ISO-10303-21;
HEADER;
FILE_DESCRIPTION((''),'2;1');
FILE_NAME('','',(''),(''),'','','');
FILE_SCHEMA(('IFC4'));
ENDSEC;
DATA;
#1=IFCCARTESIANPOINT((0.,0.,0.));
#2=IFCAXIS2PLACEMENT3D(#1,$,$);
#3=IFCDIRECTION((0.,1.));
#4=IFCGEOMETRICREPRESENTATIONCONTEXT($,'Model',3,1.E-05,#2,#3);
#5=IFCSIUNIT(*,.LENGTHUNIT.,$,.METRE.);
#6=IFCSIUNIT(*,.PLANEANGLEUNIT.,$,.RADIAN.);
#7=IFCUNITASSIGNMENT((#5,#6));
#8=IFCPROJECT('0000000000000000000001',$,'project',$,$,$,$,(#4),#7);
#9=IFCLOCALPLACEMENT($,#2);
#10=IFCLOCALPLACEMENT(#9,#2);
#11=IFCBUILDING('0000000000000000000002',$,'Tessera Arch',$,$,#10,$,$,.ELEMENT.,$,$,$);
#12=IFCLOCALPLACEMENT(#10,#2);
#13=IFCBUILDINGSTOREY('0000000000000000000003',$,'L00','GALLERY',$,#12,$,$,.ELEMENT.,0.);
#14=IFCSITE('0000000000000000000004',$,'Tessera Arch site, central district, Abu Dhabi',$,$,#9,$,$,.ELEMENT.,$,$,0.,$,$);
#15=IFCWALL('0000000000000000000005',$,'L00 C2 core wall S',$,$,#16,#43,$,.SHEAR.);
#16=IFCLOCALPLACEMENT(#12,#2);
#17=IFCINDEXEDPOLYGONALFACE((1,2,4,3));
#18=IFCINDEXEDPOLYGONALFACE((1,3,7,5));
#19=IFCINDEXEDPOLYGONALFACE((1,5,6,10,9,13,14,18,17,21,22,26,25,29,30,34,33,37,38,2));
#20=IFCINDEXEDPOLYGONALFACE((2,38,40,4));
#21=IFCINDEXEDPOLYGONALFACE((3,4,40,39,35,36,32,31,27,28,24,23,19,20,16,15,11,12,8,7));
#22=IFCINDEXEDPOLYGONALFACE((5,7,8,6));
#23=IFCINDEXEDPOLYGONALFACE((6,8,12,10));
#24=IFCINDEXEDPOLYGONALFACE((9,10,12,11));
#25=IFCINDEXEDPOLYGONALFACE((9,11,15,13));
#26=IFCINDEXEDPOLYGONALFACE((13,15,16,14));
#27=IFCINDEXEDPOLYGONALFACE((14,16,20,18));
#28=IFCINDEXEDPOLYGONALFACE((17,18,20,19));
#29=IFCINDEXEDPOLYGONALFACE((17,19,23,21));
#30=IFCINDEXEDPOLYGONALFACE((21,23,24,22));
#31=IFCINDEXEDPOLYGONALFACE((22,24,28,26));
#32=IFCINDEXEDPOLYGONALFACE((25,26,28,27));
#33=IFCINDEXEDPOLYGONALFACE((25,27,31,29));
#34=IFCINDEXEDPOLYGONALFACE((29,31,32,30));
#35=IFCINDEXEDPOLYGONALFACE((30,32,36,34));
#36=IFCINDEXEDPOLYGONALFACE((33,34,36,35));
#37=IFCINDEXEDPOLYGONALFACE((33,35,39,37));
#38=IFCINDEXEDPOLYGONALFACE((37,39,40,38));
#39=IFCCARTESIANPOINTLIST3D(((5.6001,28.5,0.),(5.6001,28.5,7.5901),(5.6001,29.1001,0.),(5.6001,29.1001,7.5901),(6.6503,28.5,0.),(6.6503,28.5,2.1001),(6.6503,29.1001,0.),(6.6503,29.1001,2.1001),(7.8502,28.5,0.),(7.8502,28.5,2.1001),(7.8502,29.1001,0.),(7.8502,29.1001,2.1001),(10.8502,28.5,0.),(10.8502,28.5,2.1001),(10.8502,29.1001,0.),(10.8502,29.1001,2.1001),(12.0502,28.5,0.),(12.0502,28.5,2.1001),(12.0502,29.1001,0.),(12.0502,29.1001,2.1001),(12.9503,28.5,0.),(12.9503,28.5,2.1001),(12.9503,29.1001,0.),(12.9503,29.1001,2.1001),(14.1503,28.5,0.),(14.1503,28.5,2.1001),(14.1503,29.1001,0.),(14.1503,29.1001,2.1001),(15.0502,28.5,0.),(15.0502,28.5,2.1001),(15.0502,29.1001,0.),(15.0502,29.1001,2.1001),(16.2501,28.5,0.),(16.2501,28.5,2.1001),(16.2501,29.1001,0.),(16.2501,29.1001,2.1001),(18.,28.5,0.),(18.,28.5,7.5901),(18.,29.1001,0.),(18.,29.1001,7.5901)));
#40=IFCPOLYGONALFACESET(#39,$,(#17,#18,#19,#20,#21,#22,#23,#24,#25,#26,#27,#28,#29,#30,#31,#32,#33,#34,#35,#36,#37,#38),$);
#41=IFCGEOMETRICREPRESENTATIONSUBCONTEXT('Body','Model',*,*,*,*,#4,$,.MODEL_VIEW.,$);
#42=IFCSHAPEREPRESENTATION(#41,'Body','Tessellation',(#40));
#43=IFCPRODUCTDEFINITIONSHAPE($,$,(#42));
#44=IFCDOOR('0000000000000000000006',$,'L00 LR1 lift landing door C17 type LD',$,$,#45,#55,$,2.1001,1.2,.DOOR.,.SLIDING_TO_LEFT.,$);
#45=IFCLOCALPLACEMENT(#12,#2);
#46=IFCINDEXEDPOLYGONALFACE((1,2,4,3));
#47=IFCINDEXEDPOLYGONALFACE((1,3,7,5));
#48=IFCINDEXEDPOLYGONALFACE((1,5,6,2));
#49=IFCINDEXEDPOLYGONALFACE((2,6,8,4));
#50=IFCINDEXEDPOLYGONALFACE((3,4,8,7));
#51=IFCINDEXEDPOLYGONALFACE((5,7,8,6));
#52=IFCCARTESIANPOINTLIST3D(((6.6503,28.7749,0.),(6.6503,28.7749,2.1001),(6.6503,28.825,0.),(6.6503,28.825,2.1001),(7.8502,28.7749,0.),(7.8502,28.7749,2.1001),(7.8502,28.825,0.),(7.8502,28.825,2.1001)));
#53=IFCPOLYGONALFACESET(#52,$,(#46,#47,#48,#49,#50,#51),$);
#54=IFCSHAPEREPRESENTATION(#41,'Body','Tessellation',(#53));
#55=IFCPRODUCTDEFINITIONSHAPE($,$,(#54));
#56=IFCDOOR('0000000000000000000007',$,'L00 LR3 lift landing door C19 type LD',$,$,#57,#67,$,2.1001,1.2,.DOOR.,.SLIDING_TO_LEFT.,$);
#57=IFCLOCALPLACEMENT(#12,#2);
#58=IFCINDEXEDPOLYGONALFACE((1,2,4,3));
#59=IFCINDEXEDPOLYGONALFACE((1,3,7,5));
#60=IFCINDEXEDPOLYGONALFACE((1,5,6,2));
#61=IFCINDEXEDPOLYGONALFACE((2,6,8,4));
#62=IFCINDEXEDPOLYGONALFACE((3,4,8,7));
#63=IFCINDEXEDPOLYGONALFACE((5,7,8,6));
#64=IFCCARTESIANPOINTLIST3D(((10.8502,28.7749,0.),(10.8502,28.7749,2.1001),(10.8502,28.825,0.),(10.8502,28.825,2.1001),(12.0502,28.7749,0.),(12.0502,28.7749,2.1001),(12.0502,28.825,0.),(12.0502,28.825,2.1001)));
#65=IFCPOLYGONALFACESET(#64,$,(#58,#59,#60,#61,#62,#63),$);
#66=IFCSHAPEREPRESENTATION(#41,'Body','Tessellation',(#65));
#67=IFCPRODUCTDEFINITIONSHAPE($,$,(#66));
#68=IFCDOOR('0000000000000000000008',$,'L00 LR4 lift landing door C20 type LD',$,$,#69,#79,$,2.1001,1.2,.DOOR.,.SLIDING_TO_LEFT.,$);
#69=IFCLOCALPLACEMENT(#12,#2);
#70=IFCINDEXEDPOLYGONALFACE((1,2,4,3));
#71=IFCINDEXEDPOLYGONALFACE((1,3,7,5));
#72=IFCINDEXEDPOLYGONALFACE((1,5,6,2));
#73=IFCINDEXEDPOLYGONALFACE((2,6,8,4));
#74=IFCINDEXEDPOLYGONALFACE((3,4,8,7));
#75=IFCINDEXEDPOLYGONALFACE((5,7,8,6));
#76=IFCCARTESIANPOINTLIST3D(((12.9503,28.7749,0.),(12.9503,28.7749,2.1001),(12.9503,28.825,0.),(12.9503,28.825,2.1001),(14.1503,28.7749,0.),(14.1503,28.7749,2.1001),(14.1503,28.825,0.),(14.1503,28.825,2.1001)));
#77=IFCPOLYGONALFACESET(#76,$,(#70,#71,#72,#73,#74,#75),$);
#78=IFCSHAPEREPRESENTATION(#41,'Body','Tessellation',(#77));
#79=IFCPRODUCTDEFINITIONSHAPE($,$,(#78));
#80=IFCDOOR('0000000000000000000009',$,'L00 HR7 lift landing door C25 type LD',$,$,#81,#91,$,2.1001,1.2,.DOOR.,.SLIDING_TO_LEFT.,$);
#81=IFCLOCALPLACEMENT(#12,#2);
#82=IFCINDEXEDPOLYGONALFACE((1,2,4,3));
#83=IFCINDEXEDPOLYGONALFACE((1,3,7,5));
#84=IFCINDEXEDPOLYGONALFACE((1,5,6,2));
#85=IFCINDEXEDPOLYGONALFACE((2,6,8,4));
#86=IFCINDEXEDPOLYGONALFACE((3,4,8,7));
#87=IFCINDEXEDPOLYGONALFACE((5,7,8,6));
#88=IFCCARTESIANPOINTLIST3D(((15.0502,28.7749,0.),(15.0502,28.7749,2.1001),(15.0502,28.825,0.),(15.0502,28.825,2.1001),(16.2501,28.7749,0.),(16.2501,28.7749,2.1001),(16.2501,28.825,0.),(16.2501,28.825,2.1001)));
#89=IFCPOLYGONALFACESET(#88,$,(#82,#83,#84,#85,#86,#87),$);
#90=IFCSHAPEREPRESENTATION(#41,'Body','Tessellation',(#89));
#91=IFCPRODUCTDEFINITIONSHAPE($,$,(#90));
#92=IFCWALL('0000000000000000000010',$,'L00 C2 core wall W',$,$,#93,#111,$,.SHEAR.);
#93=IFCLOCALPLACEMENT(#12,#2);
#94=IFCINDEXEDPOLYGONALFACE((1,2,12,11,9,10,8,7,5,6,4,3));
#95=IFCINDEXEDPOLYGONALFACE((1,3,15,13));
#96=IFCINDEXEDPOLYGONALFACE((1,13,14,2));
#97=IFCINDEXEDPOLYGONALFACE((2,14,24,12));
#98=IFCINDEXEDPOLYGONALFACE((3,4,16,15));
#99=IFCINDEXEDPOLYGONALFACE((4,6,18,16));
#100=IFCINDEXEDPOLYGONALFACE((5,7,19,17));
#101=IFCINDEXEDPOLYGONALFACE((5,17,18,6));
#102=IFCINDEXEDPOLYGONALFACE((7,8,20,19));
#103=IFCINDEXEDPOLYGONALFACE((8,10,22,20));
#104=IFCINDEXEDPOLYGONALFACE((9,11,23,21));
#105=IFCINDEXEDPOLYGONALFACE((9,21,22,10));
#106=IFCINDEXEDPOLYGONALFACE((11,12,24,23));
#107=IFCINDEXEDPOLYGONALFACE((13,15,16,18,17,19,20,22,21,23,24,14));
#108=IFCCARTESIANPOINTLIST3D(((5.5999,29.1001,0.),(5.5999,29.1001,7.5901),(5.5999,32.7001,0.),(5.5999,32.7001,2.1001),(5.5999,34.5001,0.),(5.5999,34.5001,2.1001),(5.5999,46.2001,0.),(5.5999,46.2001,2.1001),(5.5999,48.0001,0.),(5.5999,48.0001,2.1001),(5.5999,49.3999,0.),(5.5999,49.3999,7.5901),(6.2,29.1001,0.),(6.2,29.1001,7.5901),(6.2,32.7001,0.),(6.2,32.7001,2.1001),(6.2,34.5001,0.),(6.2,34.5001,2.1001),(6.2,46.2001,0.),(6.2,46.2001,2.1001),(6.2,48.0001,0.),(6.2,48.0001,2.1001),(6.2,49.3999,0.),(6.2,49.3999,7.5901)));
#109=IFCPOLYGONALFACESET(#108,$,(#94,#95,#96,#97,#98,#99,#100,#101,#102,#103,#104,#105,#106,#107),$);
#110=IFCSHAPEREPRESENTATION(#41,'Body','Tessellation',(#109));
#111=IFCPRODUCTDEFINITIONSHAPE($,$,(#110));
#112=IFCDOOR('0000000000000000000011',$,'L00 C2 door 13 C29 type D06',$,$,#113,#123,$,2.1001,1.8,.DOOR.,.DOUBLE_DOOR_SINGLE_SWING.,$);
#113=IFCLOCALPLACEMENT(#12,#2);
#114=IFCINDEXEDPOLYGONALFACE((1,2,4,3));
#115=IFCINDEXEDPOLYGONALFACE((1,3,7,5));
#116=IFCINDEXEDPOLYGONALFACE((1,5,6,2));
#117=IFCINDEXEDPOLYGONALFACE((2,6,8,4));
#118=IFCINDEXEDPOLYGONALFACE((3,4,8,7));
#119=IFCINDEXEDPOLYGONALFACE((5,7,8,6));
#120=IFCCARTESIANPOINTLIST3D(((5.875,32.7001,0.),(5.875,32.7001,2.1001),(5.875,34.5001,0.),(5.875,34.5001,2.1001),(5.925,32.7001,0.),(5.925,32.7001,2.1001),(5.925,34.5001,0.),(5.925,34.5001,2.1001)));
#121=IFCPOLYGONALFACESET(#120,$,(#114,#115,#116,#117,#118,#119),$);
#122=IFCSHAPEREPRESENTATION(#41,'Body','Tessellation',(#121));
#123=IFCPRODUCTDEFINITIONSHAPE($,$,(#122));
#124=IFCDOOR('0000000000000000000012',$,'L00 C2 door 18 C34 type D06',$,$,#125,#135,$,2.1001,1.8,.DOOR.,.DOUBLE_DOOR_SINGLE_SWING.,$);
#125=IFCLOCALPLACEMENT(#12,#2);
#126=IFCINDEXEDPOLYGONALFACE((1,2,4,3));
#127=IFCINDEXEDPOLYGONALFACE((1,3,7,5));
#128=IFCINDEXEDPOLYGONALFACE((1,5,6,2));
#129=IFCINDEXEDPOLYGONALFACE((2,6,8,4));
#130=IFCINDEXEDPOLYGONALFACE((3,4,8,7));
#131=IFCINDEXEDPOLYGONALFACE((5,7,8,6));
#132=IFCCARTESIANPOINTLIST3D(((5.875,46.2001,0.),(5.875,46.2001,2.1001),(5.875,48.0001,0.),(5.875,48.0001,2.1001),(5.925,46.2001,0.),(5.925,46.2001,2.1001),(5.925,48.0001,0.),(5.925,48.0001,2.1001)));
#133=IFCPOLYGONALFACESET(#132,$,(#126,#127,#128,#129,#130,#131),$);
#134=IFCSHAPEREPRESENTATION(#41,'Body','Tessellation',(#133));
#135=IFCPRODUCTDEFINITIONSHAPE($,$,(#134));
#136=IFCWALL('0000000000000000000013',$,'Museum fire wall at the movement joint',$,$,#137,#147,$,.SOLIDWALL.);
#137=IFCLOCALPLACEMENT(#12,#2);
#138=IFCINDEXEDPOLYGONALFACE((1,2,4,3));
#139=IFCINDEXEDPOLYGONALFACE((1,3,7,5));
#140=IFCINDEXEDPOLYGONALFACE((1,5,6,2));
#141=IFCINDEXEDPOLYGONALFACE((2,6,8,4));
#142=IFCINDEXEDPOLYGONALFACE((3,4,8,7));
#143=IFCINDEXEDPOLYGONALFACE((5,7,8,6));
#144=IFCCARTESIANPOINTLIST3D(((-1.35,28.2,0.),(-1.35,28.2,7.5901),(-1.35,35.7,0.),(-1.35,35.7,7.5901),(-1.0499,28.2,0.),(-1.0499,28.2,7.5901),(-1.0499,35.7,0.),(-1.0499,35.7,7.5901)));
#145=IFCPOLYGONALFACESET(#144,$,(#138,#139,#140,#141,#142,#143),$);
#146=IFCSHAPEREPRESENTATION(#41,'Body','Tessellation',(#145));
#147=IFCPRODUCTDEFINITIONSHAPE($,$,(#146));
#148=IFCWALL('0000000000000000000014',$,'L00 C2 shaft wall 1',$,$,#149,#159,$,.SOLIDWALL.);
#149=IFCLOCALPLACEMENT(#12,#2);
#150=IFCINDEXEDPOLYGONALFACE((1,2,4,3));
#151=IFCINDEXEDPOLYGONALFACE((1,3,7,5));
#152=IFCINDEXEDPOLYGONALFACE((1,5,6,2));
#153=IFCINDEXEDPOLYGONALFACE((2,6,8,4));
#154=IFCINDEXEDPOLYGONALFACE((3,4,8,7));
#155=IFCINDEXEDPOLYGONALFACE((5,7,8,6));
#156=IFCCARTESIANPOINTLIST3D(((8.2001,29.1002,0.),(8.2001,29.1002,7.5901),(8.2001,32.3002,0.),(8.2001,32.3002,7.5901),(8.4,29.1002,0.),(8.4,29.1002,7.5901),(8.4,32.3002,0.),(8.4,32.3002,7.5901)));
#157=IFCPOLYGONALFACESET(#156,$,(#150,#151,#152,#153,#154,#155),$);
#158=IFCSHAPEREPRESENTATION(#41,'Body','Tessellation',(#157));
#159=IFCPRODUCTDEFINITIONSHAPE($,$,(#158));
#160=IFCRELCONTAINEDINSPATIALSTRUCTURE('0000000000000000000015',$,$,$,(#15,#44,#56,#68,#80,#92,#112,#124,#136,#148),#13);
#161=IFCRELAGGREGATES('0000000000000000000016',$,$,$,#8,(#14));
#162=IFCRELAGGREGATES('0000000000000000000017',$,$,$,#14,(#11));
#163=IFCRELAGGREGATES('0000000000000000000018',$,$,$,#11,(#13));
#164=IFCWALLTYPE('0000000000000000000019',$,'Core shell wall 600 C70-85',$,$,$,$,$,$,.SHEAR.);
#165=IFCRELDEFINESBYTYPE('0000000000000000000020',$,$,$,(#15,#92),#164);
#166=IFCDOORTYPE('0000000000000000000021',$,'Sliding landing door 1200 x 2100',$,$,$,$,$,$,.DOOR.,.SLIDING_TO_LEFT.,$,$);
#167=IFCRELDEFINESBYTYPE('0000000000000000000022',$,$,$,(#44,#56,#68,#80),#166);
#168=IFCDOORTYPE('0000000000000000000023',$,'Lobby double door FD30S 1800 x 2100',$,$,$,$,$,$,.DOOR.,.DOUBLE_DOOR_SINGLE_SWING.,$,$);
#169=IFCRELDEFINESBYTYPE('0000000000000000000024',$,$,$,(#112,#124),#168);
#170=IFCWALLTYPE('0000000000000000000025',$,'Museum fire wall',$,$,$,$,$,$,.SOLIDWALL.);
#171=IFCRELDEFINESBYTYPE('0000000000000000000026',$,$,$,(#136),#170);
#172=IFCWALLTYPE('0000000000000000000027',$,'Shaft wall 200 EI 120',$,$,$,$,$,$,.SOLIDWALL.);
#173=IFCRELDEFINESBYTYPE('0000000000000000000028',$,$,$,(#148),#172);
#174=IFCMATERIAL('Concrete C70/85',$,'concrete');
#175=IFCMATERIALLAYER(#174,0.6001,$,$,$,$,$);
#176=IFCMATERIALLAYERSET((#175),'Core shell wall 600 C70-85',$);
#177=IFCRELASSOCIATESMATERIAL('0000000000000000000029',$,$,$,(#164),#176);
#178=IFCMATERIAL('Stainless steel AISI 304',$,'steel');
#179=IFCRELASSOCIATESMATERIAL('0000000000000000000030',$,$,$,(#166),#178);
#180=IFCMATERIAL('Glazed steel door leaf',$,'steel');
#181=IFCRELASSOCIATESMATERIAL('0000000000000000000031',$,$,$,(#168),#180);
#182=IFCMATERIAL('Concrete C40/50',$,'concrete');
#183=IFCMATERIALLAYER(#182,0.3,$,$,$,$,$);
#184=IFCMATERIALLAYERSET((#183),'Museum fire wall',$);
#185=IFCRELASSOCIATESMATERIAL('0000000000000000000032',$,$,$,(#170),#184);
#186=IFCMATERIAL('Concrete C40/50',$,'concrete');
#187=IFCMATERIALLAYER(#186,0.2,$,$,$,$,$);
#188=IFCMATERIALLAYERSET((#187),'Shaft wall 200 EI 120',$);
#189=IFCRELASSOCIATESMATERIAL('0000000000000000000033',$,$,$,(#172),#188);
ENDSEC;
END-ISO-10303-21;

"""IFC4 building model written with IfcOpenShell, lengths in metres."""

from ifc_helpers import new_model, si_unit, direction, frame, frame_2d, origin, place, context, subcontext, project, spatial, rectangle, extrude, material, layer, layer_set, type_object, element, fill, save


model = new_model("IFC4")

# Units and contexts
model_context = context("Model", 3, precision=1e-05, world=origin(), true_north=direction((0.0, 1.0)))
body_context = subcontext(model_context, "Body", "Model", "MODEL_VIEW")
ifc_project = project(units=[si_unit("LENGTHUNIT", "METRE"), si_unit("PLANEANGLEUNIT", "RADIAN")], contexts=[model_context])

# Site, building, storey
site_placement = place(None, origin())
site = spatial("IfcSite", under=ifc_project, at=site_placement, Name="Tessera Arch site, central district, Abu Dhabi", CompositionType="ELEMENT", RefElevation=0.0)
building_placement = place(site_placement, origin())
building = spatial("IfcBuilding", under=site, at=building_placement, Name="Tessera Arch", CompositionType="ELEMENT")
storey_placement = place(building_placement, origin())
storey = spatial("IfcBuildingStorey", under=building, at=storey_placement, Name="L00", Description="GALLERY", CompositionType="ELEMENT", Elevation=0.0)

# Walls, openings, doors
ifc_material_1 = material(Name="Concrete C70/85", Category="concrete")
ifc_layer_1 = layer(ifc_material_1, 0.6001)
ifc_layer_set_1 = layer_set([ifc_layer_1], Name="Core shell wall 600 C70-85")
wall_type_1 = type_object("IfcWallType", Name="Core shell wall 600 C70-85", PredefinedType="SHEAR", material=ifc_layer_set_1)
wall_1_placement = place(storey_placement, frame((5.6001, 28.8, 0.0), z_axis=(0.0, 0.0, 1.0), x_axis=(1.0, 0.0, 0.0)))
wall_1 = element("IfcWall", 1, at=wall_1_placement, inside=storey, type_object=wall_type_1, Name="L00 C2 core wall S", PredefinedType="SHEAR", context=body_context, shape_type="SweptSolid", body=[
    extrude(rectangle(XDim=12.3999, YDim=0.6001, at=frame_2d((6.2, 0.0))), origin(), (0.0, 0.0, 1.0), 7.5901),
])
opening_1_placement = place(wall_1_placement, frame((1.05, 0.0, 0.0)))
opening_1 = element("IfcOpeningElement", 2, at=opening_1_placement, cuts=wall_1, PredefinedType="OPENING", context=body_context, shape_type="SweptSolid", body=[
    extrude(rectangle(XDim=1.2, YDim=2.1001, at=frame_2d((0.6001, 1.05))), frame((0.0, 0.3101, 0.0), z_axis=(0.0, -1.0, 0.0), x_axis=(1.0, 0.0, 0.0)), (0.0, 0.0, 1.0), 0.6201),
])
opening_2_placement = place(wall_1_placement, frame((5.25, 0.0, 0.0)))
opening_2 = element("IfcOpeningElement", 3, at=opening_2_placement, cuts=wall_1, PredefinedType="OPENING", context=body_context, shape_type="SweptSolid", body=[
    extrude(rectangle(XDim=1.2, YDim=2.1001, at=frame_2d((0.6001, 1.05))), frame((0.0, 0.3101, 0.0), z_axis=(0.0, -1.0, 0.0), x_axis=(1.0, 0.0, 0.0)), (0.0, 0.0, 1.0), 0.6201),
])
opening_3_placement = place(wall_1_placement, frame((7.3501, 0.0, 0.0)))
opening_3 = element("IfcOpeningElement", 4, at=opening_3_placement, cuts=wall_1, PredefinedType="OPENING", context=body_context, shape_type="SweptSolid", body=[
    extrude(rectangle(XDim=1.2, YDim=2.1001, at=frame_2d((0.6001, 1.05))), frame((0.0, 0.3101, 0.0), z_axis=(0.0, -1.0, 0.0), x_axis=(1.0, 0.0, 0.0)), (0.0, 0.0, 1.0), 0.6201),
])
opening_4_placement = place(wall_1_placement, frame((9.45, 0.0, 0.0)))
opening_4 = element("IfcOpeningElement", 5, at=opening_4_placement, cuts=wall_1, PredefinedType="OPENING", context=body_context, shape_type="SweptSolid", body=[
    extrude(rectangle(XDim=1.2, YDim=2.1001, at=frame_2d((0.6001, 1.05))), frame((0.0, 0.3101, 0.0), z_axis=(0.0, -1.0, 0.0), x_axis=(1.0, 0.0, 0.0)), (0.0, 0.0, 1.0), 0.6201),
])
ifc_material_2 = material(Name="Stainless steel AISI 304", Category="steel")
door_type_1 = type_object("IfcDoorType", Name="Sliding landing door 1200 x 2100", OperationType="SLIDING_TO_LEFT", PredefinedType="DOOR", material=ifc_material_2)
door_1_placement = place(opening_1_placement, origin())
door_1 = element("IfcDoor", 6, at=door_1_placement, inside=storey, type_object=door_type_1, Name="L00 LR1 lift landing door C17 type LD", OperationType="SLIDING_TO_LEFT", OverallHeight=2.1001, OverallWidth=1.2, PredefinedType="DOOR", context=body_context, shape_type="SweptSolid", body=[
    extrude(rectangle(XDim=1.2, YDim=2.1001, at=frame_2d((0.6001, 1.05))), frame((0.0, 0.0249, 0.0), z_axis=(0.0, -1.0, 0.0), x_axis=(1.0, 0.0, 0.0)), (0.0, 0.0, 1.0), 0.05),
])
fill(opening_1, door_1)
door_2_placement = place(opening_2_placement, origin())
door_2 = element("IfcDoor", 7, at=door_2_placement, inside=storey, type_object=door_type_1, Name="L00 LR3 lift landing door C19 type LD", OperationType="SLIDING_TO_LEFT", OverallHeight=2.1001, OverallWidth=1.2, PredefinedType="DOOR", context=body_context, shape_type="SweptSolid", body=[
    extrude(rectangle(XDim=1.2, YDim=2.1001, at=frame_2d((0.6001, 1.05))), frame((0.0, 0.0249, 0.0), z_axis=(0.0, -1.0, 0.0), x_axis=(1.0, 0.0, 0.0)), (0.0, 0.0, 1.0), 0.05),
])
fill(opening_2, door_2)
door_3_placement = place(opening_3_placement, origin())
door_3 = element("IfcDoor", 8, at=door_3_placement, inside=storey, type_object=door_type_1, Name="L00 LR4 lift landing door C20 type LD", OperationType="SLIDING_TO_LEFT", OverallHeight=2.1001, OverallWidth=1.2, PredefinedType="DOOR", context=body_context, shape_type="SweptSolid", body=[
    extrude(rectangle(XDim=1.2, YDim=2.1001, at=frame_2d((0.6001, 1.05))), frame((0.0, 0.0249, 0.0), z_axis=(0.0, -1.0, 0.0), x_axis=(1.0, 0.0, 0.0)), (0.0, 0.0, 1.0), 0.05),
])
fill(opening_3, door_3)
door_4_placement = place(opening_4_placement, origin())
door_4 = element("IfcDoor", 9, at=door_4_placement, inside=storey, type_object=door_type_1, Name="L00 HR7 lift landing door C25 type LD", OperationType="SLIDING_TO_LEFT", OverallHeight=2.1001, OverallWidth=1.2, PredefinedType="DOOR", context=body_context, shape_type="SweptSolid", body=[
    extrude(rectangle(XDim=1.2, YDim=2.1001, at=frame_2d((0.6001, 1.05))), frame((0.0, 0.0249, 0.0), z_axis=(0.0, -1.0, 0.0), x_axis=(1.0, 0.0, 0.0)), (0.0, 0.0, 1.0), 0.05),
])
fill(opening_4, door_4)
wall_2_placement = place(storey_placement, frame((5.8999, 29.1001, 0.0), z_axis=(0.0, 0.0, 1.0), x_axis=(0.0, 1.0, 0.0)))
wall_2 = element("IfcWall", 10, at=wall_2_placement, inside=storey, type_object=wall_type_1, Name="L00 C2 core wall W", PredefinedType="SHEAR", context=body_context, shape_type="SweptSolid", body=[
    extrude(rectangle(XDim=20.2998, YDim=0.6001, at=frame_2d((10.1499, 0.0))), origin(), (0.0, 0.0, 1.0), 7.5901),
])
opening_5_placement = place(wall_2_placement, frame((3.6001, 0.0, 0.0)))
opening_5 = element("IfcOpeningElement", 11, at=opening_5_placement, cuts=wall_2, PredefinedType="OPENING", context=body_context, shape_type="SweptSolid", body=[
    extrude(rectangle(XDim=1.8, YDim=2.1001, at=frame_2d((0.8999, 1.05))), frame((0.0, 0.3101, 0.0), z_axis=(0.0, -1.0, 0.0), x_axis=(1.0, 0.0, 0.0)), (0.0, 0.0, 1.0), 0.6201),
])
opening_6_placement = place(wall_2_placement, frame((17.1001, 0.0, 0.0)))
opening_6 = element("IfcOpeningElement", 12, at=opening_6_placement, cuts=wall_2, PredefinedType="OPENING", context=body_context, shape_type="SweptSolid", body=[
    extrude(rectangle(XDim=1.8, YDim=2.1001, at=frame_2d((0.8999, 1.05))), frame((0.0, 0.3101, 0.0), z_axis=(0.0, -1.0, 0.0), x_axis=(1.0, 0.0, 0.0)), (0.0, 0.0, 1.0), 0.6201),
])
ifc_material_3 = material(Name="Glazed steel door leaf", Category="steel")
door_type_2 = type_object("IfcDoorType", Name="Lobby double door FD30S 1800 x 2100", OperationType="DOUBLE_DOOR_SINGLE_SWING", PredefinedType="DOOR", material=ifc_material_3)
door_5_placement = place(opening_5_placement, origin())
door_5 = element("IfcDoor", 13, at=door_5_placement, inside=storey, type_object=door_type_2, Name="L00 C2 door 13 C29 type D06", OperationType="DOUBLE_DOOR_SINGLE_SWING", OverallHeight=2.1001, OverallWidth=1.8, PredefinedType="DOOR", context=body_context, shape_type="SweptSolid", body=[
    extrude(rectangle(XDim=1.8, YDim=2.1001, at=frame_2d((0.8999, 1.05))), frame((0.0, 0.0249, 0.0), z_axis=(0.0, -1.0, 0.0), x_axis=(1.0, 0.0, 0.0)), (0.0, 0.0, 1.0), 0.05),
])
fill(opening_5, door_5)
door_6_placement = place(opening_6_placement, origin())
door_6 = element("IfcDoor", 14, at=door_6_placement, inside=storey, type_object=door_type_2, Name="L00 C2 door 18 C34 type D06", OperationType="DOUBLE_DOOR_SINGLE_SWING", OverallHeight=2.1001, OverallWidth=1.8, PredefinedType="DOOR", context=body_context, shape_type="SweptSolid", body=[
    extrude(rectangle(XDim=1.8, YDim=2.1001, at=frame_2d((0.8999, 1.05))), frame((0.0, 0.0249, 0.0), z_axis=(0.0, -1.0, 0.0), x_axis=(1.0, 0.0, 0.0)), (0.0, 0.0, 1.0), 0.05),
])
fill(opening_6, door_6)

# Walls
ifc_material_4 = material(Name="Concrete C40/50", Category="concrete")
ifc_layer_2 = layer(ifc_material_4, 0.3)
ifc_layer_set_2 = layer_set([ifc_layer_2], Name="Museum fire wall")
wall_type_2 = type_object("IfcWallType", Name="Museum fire wall", PredefinedType="SOLIDWALL", material=ifc_layer_set_2)
wall_3_placement = place(storey_placement, frame((-1.2, 28.2, 0.0), z_axis=(0.0, 0.0, 1.0), x_axis=(0.0, 1.0, 0.0)))
element("IfcWall", 15, at=wall_3_placement, inside=storey, type_object=wall_type_2, Name="Museum fire wall at the movement joint", PredefinedType="SOLIDWALL", context=body_context, shape_type="SweptSolid", body=[
    extrude(rectangle(XDim=7.5, YDim=0.3, at=frame_2d((3.75, 0.0))), origin(), (0.0, 0.0, 1.0), 7.5901),
])
ifc_material_5 = material(Name="Concrete C40/50", Category="concrete")
ifc_layer_3 = layer(ifc_material_5, 0.2)
ifc_layer_set_3 = layer_set([ifc_layer_3], Name="Shaft wall 200 EI 120")
wall_type_3 = type_object("IfcWallType", Name="Shaft wall 200 EI 120", PredefinedType="SOLIDWALL", material=ifc_layer_set_3)
wall_4_placement = place(storey_placement, frame((8.3, 29.1001, 0.0), z_axis=(0.0, 0.0, 1.0), x_axis=(0.0, 1.0, 0.0)))
element("IfcWall", 16, at=wall_4_placement, inside=storey, type_object=wall_type_3, Name="L00 C2 shaft wall 1", PredefinedType="SOLIDWALL", context=body_context, shape_type="SweptSolid", body=[
    extrude(rectangle(XDim=3.2, YDim=0.2, at=frame_2d((1.6001, 0.0))), origin(), (0.0, 0.0, 1.0), 7.5901),
])

save(model, "model.ifc")
